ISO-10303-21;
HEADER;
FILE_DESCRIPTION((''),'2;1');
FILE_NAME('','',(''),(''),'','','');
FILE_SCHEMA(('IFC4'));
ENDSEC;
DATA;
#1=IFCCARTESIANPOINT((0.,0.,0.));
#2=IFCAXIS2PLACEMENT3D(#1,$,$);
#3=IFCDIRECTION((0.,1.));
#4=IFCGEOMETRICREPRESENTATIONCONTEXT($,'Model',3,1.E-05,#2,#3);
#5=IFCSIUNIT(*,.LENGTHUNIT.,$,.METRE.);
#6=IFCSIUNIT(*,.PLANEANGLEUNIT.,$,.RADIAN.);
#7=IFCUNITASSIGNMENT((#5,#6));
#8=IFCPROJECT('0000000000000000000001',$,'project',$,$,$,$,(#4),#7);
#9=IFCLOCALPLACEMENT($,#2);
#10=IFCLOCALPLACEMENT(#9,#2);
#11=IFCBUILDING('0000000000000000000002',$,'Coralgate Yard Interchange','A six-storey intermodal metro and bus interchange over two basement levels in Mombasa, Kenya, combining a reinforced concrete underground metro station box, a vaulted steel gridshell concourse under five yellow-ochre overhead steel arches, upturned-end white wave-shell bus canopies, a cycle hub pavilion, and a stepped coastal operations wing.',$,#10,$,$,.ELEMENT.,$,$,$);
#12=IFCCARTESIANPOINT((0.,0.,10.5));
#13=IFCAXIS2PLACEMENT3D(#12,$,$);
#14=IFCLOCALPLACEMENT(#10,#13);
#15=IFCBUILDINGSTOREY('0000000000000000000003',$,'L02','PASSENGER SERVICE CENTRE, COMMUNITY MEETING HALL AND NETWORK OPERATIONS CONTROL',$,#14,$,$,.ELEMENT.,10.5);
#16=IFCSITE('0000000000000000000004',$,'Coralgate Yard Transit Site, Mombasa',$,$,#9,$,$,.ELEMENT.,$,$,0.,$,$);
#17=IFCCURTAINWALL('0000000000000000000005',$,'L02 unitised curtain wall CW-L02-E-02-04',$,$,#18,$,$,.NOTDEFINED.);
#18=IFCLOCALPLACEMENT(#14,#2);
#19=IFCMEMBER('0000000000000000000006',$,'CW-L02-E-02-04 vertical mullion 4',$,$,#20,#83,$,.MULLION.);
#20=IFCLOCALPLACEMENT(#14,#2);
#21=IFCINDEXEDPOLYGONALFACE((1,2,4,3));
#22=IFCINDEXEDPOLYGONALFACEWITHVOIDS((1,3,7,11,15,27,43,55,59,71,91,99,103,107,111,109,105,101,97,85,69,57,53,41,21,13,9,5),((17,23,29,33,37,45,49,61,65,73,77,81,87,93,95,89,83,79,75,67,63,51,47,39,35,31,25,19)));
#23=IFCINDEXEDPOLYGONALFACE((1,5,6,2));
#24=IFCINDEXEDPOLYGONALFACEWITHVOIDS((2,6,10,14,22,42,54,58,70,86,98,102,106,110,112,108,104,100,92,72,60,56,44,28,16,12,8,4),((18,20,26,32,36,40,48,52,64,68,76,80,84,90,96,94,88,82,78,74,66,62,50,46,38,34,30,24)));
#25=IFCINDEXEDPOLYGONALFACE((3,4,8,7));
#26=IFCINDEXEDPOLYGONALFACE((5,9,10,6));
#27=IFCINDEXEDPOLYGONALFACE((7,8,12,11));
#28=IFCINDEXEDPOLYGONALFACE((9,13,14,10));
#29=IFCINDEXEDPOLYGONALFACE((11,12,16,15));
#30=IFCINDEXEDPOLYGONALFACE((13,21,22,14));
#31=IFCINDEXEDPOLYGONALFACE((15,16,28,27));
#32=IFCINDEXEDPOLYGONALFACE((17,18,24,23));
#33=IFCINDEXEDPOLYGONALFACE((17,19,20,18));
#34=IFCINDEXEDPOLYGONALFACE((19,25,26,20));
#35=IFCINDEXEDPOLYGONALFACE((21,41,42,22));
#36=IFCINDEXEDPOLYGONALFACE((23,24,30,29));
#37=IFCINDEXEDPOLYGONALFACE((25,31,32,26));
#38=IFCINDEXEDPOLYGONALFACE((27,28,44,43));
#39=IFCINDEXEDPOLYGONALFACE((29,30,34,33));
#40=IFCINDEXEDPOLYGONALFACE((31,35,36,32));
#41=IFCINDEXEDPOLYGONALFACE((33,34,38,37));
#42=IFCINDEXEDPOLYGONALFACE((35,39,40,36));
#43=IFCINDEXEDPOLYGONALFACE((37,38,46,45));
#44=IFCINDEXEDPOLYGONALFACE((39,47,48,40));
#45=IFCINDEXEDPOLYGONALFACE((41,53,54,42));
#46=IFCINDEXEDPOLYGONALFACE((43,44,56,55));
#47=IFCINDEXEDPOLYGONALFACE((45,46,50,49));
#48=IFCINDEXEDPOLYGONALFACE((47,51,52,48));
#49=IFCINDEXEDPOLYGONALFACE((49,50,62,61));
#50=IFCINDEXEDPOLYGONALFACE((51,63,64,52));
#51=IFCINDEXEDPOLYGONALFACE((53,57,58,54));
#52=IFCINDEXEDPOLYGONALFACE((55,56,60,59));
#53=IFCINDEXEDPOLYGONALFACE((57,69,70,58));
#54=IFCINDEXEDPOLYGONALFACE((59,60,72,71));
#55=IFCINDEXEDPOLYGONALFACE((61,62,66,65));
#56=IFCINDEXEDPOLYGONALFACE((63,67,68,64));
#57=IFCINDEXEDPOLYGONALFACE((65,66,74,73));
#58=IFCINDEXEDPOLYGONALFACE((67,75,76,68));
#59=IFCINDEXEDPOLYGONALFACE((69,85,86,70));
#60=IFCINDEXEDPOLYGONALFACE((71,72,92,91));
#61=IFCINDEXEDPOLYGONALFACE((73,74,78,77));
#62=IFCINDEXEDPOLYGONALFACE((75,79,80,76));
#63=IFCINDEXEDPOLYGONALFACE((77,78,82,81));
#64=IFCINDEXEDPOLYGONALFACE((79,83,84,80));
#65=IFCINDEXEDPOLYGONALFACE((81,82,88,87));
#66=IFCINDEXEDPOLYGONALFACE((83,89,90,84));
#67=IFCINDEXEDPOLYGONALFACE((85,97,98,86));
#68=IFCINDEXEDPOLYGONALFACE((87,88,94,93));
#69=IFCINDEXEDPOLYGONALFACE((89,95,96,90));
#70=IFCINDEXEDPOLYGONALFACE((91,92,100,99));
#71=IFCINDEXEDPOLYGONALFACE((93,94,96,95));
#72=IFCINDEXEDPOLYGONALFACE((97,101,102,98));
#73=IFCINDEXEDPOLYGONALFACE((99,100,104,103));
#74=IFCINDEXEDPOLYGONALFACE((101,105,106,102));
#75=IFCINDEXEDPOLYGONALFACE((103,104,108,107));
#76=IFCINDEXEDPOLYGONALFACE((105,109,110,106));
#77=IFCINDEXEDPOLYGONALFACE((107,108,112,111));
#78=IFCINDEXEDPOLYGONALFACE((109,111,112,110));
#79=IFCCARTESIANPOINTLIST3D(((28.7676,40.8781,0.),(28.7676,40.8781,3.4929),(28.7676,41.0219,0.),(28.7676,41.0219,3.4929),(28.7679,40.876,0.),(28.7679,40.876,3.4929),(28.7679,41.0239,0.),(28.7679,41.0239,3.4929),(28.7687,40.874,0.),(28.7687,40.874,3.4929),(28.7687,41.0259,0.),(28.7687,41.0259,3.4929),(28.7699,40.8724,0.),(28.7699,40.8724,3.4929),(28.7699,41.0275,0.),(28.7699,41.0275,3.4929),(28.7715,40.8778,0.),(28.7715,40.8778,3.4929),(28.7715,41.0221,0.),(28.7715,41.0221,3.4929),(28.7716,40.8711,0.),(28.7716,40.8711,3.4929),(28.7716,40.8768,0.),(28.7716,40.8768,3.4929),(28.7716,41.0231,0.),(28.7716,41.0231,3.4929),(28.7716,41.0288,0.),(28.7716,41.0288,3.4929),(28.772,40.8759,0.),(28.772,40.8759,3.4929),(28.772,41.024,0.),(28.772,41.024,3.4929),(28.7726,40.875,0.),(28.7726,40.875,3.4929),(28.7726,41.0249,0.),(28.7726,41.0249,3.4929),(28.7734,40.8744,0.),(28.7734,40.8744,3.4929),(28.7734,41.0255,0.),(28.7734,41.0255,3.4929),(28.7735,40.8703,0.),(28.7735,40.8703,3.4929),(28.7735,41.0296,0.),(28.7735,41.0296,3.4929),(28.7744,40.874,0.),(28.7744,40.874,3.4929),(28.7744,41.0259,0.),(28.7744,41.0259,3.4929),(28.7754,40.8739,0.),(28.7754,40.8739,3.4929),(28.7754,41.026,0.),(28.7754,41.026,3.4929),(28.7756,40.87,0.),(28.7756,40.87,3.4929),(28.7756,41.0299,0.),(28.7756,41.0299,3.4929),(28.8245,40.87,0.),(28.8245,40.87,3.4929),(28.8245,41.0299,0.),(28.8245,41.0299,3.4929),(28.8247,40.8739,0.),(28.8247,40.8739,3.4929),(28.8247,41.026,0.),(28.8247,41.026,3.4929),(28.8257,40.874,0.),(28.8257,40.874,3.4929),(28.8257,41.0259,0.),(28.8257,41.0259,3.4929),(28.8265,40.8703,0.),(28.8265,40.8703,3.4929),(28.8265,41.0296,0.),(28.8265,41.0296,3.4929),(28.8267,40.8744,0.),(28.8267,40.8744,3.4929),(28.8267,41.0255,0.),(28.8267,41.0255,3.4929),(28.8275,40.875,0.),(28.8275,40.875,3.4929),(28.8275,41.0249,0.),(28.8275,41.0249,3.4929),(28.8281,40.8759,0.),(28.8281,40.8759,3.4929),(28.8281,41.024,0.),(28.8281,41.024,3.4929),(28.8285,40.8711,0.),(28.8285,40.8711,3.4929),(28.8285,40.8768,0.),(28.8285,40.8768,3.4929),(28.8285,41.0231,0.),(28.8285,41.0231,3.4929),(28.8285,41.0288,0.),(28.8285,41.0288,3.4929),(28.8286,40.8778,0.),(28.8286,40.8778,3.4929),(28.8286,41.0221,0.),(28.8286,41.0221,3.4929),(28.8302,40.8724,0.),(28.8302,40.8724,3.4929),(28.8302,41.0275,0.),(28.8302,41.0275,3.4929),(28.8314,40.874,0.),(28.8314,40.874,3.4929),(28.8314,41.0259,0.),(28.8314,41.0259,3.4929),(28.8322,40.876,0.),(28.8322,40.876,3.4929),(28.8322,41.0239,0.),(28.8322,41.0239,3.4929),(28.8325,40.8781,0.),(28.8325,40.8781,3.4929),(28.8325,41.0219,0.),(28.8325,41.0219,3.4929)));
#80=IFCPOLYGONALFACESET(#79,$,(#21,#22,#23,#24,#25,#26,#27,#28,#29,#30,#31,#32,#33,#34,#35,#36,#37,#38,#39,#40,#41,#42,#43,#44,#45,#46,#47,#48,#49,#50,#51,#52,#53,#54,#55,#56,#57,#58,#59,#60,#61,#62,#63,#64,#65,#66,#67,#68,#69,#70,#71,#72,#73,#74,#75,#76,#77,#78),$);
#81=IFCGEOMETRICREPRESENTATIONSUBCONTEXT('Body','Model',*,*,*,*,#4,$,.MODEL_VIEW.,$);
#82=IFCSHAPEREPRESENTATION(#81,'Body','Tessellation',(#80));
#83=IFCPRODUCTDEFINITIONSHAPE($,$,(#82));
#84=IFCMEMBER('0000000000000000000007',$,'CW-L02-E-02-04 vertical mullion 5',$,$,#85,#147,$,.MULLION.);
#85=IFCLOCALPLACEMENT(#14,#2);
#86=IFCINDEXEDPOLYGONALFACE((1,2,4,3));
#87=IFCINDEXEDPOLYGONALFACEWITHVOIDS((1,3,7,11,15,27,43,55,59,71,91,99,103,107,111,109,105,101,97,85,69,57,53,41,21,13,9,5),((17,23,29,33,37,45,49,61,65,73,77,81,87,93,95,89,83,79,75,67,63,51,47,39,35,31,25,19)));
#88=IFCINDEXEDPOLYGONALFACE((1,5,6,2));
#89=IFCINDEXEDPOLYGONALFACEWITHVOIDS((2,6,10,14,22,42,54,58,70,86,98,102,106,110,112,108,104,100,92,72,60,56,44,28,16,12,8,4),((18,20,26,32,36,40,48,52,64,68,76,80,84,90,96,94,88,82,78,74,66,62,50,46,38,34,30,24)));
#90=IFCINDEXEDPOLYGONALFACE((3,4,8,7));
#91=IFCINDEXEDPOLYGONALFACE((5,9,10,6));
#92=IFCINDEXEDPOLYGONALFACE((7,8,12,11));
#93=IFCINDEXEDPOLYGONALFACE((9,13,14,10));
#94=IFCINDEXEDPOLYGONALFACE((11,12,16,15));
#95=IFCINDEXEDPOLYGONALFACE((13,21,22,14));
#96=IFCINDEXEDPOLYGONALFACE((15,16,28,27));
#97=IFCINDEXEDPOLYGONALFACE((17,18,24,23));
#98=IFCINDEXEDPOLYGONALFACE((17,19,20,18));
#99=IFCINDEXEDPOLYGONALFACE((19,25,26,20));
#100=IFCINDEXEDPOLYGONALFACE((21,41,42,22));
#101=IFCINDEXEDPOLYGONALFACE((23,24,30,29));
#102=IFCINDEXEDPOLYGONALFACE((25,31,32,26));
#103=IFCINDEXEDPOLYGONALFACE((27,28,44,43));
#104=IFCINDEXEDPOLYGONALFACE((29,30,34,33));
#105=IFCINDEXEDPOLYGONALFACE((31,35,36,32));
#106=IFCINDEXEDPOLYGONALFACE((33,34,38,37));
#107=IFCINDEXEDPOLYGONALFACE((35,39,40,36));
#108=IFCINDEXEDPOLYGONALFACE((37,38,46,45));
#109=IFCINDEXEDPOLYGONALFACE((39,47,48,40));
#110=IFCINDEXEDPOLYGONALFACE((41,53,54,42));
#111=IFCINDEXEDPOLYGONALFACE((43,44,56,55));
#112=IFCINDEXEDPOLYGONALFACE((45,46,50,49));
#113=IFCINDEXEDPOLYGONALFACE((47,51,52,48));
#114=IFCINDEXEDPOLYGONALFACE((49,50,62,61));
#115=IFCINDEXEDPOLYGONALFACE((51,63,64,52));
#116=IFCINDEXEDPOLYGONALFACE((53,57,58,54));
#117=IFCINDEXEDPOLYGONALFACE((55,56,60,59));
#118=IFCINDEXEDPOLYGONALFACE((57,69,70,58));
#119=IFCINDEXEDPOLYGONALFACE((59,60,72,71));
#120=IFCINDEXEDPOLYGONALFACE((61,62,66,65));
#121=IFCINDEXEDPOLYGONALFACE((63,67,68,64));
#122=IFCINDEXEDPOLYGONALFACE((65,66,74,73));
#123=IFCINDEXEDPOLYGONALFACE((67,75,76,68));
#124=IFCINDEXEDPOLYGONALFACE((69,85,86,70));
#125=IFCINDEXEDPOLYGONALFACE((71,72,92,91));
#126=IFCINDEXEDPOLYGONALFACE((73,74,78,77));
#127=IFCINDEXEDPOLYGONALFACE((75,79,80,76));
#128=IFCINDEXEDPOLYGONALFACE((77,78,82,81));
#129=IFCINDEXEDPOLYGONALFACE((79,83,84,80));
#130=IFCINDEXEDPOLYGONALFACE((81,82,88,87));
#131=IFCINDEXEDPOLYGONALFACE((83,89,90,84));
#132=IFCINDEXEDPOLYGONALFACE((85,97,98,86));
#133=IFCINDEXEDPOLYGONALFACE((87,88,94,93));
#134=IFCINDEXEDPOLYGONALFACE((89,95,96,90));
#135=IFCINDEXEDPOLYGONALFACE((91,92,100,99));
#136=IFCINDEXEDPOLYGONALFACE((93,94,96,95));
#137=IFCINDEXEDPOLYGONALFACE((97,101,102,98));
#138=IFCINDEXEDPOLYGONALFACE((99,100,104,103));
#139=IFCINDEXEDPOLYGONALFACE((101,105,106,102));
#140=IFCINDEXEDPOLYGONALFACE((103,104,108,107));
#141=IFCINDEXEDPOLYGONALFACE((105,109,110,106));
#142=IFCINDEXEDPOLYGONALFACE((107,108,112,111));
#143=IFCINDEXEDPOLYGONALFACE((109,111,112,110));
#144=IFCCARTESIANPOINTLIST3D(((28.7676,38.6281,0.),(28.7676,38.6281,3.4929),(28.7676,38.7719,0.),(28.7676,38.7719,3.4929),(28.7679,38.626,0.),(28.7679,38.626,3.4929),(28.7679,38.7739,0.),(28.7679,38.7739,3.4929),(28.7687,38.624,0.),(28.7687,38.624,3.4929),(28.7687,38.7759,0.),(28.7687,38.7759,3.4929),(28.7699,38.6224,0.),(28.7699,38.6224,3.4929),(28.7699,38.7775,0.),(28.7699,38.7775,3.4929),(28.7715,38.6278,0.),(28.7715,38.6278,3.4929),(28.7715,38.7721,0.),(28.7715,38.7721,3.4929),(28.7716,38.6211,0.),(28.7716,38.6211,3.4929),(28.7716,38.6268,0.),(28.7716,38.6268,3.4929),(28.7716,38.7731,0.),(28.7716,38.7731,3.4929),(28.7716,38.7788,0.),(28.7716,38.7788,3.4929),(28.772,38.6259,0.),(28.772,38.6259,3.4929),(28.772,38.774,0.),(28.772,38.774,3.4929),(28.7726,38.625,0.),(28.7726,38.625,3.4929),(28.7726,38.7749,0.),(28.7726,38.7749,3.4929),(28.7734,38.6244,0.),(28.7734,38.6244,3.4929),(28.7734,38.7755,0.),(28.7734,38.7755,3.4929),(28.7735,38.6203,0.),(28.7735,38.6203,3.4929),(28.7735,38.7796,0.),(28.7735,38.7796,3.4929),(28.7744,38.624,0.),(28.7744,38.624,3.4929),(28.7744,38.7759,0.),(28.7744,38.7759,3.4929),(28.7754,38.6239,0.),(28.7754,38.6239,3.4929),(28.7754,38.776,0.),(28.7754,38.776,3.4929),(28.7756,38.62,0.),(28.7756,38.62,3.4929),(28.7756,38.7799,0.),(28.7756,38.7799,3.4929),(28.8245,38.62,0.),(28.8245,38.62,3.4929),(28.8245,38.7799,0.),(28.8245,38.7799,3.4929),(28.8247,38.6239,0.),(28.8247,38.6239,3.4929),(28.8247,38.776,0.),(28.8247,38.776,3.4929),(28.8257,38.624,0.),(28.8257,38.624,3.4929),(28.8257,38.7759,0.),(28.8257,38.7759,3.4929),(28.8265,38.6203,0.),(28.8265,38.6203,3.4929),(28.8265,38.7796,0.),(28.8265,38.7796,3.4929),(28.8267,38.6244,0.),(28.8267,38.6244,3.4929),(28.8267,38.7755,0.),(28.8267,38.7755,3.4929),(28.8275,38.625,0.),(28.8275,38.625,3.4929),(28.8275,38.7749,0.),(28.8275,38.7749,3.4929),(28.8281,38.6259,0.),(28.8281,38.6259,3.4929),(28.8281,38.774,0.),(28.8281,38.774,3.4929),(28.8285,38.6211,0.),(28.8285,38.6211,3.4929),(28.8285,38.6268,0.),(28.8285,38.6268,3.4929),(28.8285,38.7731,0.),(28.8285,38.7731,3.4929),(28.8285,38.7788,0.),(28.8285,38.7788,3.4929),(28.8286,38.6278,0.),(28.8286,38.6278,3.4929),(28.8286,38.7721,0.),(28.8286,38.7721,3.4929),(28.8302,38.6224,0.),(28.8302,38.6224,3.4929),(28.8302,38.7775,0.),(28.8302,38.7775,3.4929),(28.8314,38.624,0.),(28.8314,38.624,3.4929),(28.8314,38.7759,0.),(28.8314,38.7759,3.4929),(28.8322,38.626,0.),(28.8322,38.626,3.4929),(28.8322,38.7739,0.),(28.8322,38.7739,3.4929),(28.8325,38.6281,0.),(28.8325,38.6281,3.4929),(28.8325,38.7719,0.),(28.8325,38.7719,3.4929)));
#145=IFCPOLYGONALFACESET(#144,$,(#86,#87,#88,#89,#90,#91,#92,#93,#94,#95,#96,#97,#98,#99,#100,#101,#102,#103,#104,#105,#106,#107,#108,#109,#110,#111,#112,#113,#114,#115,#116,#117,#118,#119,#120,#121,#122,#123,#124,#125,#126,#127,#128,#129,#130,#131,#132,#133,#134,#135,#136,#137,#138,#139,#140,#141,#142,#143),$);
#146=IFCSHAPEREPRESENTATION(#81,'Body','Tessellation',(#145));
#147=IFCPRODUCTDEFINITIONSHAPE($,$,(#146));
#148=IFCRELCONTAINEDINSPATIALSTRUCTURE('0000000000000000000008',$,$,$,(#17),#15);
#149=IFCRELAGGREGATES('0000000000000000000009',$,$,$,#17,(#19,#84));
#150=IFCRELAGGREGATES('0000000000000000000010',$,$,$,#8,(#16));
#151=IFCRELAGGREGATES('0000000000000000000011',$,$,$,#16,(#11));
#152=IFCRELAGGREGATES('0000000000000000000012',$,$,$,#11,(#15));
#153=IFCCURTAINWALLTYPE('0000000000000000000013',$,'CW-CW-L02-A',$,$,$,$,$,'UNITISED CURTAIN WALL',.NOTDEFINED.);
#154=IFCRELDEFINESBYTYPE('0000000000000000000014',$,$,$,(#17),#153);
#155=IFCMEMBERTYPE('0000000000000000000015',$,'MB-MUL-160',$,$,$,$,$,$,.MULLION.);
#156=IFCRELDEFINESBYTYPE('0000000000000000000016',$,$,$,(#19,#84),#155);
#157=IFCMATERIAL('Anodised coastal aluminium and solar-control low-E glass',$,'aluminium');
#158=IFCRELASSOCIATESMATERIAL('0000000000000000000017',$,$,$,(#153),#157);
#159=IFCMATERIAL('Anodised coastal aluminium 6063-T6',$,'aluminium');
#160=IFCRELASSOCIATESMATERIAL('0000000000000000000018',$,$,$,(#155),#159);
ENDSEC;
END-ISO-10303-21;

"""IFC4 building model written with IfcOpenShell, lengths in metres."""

from ifc_helpers import new_model, si_unit, direction, frame, origin, origin_2d, place, context, subcontext, project, spatial, hollow_rectangle, extrude, material, material_profile, profile_set, type_object, element, aggregate, save


model = new_model("IFC4")

# Units and contexts
model_context = context("Model", 3, precision=1e-05, world=origin(), true_north=direction((0.0, 1.0)))
body_context = subcontext(model_context, "Body", "Model", "MODEL_VIEW")
ifc_project = project(units=[si_unit("LENGTHUNIT", "METRE"), si_unit("PLANEANGLEUNIT", "RADIAN")], contexts=[model_context])

# Site, building, storey
site_placement = place(None, origin())
site = spatial("IfcSite", under=ifc_project, at=site_placement, Name="Coralgate Yard Transit Site, Mombasa", CompositionType="ELEMENT", RefElevation=0.0)
building_placement = place(site_placement, origin())
building = spatial("IfcBuilding", under=site, at=building_placement, Name="Coralgate Yard Interchange", Description="A six-storey intermodal metro and bus interchange over two basement levels in Mombasa, Kenya, combining a reinforced concrete underground metro station box, a vaulted steel gridshell concourse under five yellow-ochre overhead steel arches, upturned-end white wave-shell bus canopies, a cycle hub pavilion, and a stepped coastal operations wing.", CompositionType="ELEMENT")
storey_placement = place(building_placement, frame((0.0, 0.0, 10.5)))
storey = spatial("IfcBuildingStorey", under=building, at=storey_placement, Name="L02", Description="PASSENGER SERVICE CENTRE, COMMUNITY MEETING HALL AND NETWORK OPERATIONS CONTROL", CompositionType="ELEMENT", Elevation=10.5)

# Curtain wall, members
ifc_material_1 = material(Name="Anodised coastal aluminium and solar-control low-E glass", Category="aluminium")
curtain_wall_type_1 = type_object("IfcCurtainWallType", Name="CW-CW-L02-A", ElementType="UNITISED CURTAIN WALL", PredefinedType="NOTDEFINED", material=ifc_material_1)
curtain_wall_1_placement = place(storey_placement, origin())
curtain_wall_1 = element("IfcCurtainWall", 1, at=curtain_wall_1_placement, inside=storey, type_object=curtain_wall_type_1, Name="L02 unitised curtain wall CW-L02-E-02-04", PredefinedType="NOTDEFINED")
ifc_material_2 = material(Name="Anodised coastal aluminium 6063-T6", Category="aluminium")
ifc_material_profile_1 = material_profile(ifc_material_2, hollow_rectangle(XDim=0.0649, YDim=0.1599, WallThickness=0.0039, InnerFilletRadius=0.0039, OuterFilletRadius=0.0081, at=origin_2d()), Name="ALU 65x160x4")
ifc_profile_set_1 = profile_set([ifc_material_profile_1], Name="Anodised coastal aluminium 6063-T6")
member_type_1 = type_object("IfcMemberType", Name="MB-MUL-160", PredefinedType="MULLION", material=ifc_profile_set_1)
member_1_placement = place(storey_placement, frame((28.8, 40.95, 0.0), z_axis=(0.0, 0.0, 1.0), x_axis=(1.0, 0.0, 0.0)))
member_1 = element("IfcMember", 2, at=member_1_placement, type_object=member_type_1, Name="CW-L02-E-02-04 vertical mullion 4", PredefinedType="MULLION", context=body_context, shape_type="SweptSolid", body=[
    extrude(hollow_rectangle(XDim=0.0649, YDim=0.1599, WallThickness=0.0039, InnerFilletRadius=0.0039, OuterFilletRadius=0.0081, at=origin_2d()), origin(), (0.0, 0.0, 1.0), 3.4929),
])
member_2_placement = place(storey_placement, frame((28.8, 38.7, 0.0), z_axis=(0.0, 0.0, 1.0), x_axis=(1.0, 0.0, 0.0)))
member_2 = element("IfcMember", 3, at=member_2_placement, type_object=member_type_1, Name="CW-L02-E-02-04 vertical mullion 5", PredefinedType="MULLION", context=body_context, shape_type="SweptSolid", body=[
    extrude(hollow_rectangle(XDim=0.0649, YDim=0.1599, WallThickness=0.0039, InnerFilletRadius=0.0039, OuterFilletRadius=0.0081, at=origin_2d()), origin(), (0.0, 0.0, 1.0), 3.4929),
])

aggregate(curtain_wall_1, [member_1, member_2])

save(model, "model.ifc")
